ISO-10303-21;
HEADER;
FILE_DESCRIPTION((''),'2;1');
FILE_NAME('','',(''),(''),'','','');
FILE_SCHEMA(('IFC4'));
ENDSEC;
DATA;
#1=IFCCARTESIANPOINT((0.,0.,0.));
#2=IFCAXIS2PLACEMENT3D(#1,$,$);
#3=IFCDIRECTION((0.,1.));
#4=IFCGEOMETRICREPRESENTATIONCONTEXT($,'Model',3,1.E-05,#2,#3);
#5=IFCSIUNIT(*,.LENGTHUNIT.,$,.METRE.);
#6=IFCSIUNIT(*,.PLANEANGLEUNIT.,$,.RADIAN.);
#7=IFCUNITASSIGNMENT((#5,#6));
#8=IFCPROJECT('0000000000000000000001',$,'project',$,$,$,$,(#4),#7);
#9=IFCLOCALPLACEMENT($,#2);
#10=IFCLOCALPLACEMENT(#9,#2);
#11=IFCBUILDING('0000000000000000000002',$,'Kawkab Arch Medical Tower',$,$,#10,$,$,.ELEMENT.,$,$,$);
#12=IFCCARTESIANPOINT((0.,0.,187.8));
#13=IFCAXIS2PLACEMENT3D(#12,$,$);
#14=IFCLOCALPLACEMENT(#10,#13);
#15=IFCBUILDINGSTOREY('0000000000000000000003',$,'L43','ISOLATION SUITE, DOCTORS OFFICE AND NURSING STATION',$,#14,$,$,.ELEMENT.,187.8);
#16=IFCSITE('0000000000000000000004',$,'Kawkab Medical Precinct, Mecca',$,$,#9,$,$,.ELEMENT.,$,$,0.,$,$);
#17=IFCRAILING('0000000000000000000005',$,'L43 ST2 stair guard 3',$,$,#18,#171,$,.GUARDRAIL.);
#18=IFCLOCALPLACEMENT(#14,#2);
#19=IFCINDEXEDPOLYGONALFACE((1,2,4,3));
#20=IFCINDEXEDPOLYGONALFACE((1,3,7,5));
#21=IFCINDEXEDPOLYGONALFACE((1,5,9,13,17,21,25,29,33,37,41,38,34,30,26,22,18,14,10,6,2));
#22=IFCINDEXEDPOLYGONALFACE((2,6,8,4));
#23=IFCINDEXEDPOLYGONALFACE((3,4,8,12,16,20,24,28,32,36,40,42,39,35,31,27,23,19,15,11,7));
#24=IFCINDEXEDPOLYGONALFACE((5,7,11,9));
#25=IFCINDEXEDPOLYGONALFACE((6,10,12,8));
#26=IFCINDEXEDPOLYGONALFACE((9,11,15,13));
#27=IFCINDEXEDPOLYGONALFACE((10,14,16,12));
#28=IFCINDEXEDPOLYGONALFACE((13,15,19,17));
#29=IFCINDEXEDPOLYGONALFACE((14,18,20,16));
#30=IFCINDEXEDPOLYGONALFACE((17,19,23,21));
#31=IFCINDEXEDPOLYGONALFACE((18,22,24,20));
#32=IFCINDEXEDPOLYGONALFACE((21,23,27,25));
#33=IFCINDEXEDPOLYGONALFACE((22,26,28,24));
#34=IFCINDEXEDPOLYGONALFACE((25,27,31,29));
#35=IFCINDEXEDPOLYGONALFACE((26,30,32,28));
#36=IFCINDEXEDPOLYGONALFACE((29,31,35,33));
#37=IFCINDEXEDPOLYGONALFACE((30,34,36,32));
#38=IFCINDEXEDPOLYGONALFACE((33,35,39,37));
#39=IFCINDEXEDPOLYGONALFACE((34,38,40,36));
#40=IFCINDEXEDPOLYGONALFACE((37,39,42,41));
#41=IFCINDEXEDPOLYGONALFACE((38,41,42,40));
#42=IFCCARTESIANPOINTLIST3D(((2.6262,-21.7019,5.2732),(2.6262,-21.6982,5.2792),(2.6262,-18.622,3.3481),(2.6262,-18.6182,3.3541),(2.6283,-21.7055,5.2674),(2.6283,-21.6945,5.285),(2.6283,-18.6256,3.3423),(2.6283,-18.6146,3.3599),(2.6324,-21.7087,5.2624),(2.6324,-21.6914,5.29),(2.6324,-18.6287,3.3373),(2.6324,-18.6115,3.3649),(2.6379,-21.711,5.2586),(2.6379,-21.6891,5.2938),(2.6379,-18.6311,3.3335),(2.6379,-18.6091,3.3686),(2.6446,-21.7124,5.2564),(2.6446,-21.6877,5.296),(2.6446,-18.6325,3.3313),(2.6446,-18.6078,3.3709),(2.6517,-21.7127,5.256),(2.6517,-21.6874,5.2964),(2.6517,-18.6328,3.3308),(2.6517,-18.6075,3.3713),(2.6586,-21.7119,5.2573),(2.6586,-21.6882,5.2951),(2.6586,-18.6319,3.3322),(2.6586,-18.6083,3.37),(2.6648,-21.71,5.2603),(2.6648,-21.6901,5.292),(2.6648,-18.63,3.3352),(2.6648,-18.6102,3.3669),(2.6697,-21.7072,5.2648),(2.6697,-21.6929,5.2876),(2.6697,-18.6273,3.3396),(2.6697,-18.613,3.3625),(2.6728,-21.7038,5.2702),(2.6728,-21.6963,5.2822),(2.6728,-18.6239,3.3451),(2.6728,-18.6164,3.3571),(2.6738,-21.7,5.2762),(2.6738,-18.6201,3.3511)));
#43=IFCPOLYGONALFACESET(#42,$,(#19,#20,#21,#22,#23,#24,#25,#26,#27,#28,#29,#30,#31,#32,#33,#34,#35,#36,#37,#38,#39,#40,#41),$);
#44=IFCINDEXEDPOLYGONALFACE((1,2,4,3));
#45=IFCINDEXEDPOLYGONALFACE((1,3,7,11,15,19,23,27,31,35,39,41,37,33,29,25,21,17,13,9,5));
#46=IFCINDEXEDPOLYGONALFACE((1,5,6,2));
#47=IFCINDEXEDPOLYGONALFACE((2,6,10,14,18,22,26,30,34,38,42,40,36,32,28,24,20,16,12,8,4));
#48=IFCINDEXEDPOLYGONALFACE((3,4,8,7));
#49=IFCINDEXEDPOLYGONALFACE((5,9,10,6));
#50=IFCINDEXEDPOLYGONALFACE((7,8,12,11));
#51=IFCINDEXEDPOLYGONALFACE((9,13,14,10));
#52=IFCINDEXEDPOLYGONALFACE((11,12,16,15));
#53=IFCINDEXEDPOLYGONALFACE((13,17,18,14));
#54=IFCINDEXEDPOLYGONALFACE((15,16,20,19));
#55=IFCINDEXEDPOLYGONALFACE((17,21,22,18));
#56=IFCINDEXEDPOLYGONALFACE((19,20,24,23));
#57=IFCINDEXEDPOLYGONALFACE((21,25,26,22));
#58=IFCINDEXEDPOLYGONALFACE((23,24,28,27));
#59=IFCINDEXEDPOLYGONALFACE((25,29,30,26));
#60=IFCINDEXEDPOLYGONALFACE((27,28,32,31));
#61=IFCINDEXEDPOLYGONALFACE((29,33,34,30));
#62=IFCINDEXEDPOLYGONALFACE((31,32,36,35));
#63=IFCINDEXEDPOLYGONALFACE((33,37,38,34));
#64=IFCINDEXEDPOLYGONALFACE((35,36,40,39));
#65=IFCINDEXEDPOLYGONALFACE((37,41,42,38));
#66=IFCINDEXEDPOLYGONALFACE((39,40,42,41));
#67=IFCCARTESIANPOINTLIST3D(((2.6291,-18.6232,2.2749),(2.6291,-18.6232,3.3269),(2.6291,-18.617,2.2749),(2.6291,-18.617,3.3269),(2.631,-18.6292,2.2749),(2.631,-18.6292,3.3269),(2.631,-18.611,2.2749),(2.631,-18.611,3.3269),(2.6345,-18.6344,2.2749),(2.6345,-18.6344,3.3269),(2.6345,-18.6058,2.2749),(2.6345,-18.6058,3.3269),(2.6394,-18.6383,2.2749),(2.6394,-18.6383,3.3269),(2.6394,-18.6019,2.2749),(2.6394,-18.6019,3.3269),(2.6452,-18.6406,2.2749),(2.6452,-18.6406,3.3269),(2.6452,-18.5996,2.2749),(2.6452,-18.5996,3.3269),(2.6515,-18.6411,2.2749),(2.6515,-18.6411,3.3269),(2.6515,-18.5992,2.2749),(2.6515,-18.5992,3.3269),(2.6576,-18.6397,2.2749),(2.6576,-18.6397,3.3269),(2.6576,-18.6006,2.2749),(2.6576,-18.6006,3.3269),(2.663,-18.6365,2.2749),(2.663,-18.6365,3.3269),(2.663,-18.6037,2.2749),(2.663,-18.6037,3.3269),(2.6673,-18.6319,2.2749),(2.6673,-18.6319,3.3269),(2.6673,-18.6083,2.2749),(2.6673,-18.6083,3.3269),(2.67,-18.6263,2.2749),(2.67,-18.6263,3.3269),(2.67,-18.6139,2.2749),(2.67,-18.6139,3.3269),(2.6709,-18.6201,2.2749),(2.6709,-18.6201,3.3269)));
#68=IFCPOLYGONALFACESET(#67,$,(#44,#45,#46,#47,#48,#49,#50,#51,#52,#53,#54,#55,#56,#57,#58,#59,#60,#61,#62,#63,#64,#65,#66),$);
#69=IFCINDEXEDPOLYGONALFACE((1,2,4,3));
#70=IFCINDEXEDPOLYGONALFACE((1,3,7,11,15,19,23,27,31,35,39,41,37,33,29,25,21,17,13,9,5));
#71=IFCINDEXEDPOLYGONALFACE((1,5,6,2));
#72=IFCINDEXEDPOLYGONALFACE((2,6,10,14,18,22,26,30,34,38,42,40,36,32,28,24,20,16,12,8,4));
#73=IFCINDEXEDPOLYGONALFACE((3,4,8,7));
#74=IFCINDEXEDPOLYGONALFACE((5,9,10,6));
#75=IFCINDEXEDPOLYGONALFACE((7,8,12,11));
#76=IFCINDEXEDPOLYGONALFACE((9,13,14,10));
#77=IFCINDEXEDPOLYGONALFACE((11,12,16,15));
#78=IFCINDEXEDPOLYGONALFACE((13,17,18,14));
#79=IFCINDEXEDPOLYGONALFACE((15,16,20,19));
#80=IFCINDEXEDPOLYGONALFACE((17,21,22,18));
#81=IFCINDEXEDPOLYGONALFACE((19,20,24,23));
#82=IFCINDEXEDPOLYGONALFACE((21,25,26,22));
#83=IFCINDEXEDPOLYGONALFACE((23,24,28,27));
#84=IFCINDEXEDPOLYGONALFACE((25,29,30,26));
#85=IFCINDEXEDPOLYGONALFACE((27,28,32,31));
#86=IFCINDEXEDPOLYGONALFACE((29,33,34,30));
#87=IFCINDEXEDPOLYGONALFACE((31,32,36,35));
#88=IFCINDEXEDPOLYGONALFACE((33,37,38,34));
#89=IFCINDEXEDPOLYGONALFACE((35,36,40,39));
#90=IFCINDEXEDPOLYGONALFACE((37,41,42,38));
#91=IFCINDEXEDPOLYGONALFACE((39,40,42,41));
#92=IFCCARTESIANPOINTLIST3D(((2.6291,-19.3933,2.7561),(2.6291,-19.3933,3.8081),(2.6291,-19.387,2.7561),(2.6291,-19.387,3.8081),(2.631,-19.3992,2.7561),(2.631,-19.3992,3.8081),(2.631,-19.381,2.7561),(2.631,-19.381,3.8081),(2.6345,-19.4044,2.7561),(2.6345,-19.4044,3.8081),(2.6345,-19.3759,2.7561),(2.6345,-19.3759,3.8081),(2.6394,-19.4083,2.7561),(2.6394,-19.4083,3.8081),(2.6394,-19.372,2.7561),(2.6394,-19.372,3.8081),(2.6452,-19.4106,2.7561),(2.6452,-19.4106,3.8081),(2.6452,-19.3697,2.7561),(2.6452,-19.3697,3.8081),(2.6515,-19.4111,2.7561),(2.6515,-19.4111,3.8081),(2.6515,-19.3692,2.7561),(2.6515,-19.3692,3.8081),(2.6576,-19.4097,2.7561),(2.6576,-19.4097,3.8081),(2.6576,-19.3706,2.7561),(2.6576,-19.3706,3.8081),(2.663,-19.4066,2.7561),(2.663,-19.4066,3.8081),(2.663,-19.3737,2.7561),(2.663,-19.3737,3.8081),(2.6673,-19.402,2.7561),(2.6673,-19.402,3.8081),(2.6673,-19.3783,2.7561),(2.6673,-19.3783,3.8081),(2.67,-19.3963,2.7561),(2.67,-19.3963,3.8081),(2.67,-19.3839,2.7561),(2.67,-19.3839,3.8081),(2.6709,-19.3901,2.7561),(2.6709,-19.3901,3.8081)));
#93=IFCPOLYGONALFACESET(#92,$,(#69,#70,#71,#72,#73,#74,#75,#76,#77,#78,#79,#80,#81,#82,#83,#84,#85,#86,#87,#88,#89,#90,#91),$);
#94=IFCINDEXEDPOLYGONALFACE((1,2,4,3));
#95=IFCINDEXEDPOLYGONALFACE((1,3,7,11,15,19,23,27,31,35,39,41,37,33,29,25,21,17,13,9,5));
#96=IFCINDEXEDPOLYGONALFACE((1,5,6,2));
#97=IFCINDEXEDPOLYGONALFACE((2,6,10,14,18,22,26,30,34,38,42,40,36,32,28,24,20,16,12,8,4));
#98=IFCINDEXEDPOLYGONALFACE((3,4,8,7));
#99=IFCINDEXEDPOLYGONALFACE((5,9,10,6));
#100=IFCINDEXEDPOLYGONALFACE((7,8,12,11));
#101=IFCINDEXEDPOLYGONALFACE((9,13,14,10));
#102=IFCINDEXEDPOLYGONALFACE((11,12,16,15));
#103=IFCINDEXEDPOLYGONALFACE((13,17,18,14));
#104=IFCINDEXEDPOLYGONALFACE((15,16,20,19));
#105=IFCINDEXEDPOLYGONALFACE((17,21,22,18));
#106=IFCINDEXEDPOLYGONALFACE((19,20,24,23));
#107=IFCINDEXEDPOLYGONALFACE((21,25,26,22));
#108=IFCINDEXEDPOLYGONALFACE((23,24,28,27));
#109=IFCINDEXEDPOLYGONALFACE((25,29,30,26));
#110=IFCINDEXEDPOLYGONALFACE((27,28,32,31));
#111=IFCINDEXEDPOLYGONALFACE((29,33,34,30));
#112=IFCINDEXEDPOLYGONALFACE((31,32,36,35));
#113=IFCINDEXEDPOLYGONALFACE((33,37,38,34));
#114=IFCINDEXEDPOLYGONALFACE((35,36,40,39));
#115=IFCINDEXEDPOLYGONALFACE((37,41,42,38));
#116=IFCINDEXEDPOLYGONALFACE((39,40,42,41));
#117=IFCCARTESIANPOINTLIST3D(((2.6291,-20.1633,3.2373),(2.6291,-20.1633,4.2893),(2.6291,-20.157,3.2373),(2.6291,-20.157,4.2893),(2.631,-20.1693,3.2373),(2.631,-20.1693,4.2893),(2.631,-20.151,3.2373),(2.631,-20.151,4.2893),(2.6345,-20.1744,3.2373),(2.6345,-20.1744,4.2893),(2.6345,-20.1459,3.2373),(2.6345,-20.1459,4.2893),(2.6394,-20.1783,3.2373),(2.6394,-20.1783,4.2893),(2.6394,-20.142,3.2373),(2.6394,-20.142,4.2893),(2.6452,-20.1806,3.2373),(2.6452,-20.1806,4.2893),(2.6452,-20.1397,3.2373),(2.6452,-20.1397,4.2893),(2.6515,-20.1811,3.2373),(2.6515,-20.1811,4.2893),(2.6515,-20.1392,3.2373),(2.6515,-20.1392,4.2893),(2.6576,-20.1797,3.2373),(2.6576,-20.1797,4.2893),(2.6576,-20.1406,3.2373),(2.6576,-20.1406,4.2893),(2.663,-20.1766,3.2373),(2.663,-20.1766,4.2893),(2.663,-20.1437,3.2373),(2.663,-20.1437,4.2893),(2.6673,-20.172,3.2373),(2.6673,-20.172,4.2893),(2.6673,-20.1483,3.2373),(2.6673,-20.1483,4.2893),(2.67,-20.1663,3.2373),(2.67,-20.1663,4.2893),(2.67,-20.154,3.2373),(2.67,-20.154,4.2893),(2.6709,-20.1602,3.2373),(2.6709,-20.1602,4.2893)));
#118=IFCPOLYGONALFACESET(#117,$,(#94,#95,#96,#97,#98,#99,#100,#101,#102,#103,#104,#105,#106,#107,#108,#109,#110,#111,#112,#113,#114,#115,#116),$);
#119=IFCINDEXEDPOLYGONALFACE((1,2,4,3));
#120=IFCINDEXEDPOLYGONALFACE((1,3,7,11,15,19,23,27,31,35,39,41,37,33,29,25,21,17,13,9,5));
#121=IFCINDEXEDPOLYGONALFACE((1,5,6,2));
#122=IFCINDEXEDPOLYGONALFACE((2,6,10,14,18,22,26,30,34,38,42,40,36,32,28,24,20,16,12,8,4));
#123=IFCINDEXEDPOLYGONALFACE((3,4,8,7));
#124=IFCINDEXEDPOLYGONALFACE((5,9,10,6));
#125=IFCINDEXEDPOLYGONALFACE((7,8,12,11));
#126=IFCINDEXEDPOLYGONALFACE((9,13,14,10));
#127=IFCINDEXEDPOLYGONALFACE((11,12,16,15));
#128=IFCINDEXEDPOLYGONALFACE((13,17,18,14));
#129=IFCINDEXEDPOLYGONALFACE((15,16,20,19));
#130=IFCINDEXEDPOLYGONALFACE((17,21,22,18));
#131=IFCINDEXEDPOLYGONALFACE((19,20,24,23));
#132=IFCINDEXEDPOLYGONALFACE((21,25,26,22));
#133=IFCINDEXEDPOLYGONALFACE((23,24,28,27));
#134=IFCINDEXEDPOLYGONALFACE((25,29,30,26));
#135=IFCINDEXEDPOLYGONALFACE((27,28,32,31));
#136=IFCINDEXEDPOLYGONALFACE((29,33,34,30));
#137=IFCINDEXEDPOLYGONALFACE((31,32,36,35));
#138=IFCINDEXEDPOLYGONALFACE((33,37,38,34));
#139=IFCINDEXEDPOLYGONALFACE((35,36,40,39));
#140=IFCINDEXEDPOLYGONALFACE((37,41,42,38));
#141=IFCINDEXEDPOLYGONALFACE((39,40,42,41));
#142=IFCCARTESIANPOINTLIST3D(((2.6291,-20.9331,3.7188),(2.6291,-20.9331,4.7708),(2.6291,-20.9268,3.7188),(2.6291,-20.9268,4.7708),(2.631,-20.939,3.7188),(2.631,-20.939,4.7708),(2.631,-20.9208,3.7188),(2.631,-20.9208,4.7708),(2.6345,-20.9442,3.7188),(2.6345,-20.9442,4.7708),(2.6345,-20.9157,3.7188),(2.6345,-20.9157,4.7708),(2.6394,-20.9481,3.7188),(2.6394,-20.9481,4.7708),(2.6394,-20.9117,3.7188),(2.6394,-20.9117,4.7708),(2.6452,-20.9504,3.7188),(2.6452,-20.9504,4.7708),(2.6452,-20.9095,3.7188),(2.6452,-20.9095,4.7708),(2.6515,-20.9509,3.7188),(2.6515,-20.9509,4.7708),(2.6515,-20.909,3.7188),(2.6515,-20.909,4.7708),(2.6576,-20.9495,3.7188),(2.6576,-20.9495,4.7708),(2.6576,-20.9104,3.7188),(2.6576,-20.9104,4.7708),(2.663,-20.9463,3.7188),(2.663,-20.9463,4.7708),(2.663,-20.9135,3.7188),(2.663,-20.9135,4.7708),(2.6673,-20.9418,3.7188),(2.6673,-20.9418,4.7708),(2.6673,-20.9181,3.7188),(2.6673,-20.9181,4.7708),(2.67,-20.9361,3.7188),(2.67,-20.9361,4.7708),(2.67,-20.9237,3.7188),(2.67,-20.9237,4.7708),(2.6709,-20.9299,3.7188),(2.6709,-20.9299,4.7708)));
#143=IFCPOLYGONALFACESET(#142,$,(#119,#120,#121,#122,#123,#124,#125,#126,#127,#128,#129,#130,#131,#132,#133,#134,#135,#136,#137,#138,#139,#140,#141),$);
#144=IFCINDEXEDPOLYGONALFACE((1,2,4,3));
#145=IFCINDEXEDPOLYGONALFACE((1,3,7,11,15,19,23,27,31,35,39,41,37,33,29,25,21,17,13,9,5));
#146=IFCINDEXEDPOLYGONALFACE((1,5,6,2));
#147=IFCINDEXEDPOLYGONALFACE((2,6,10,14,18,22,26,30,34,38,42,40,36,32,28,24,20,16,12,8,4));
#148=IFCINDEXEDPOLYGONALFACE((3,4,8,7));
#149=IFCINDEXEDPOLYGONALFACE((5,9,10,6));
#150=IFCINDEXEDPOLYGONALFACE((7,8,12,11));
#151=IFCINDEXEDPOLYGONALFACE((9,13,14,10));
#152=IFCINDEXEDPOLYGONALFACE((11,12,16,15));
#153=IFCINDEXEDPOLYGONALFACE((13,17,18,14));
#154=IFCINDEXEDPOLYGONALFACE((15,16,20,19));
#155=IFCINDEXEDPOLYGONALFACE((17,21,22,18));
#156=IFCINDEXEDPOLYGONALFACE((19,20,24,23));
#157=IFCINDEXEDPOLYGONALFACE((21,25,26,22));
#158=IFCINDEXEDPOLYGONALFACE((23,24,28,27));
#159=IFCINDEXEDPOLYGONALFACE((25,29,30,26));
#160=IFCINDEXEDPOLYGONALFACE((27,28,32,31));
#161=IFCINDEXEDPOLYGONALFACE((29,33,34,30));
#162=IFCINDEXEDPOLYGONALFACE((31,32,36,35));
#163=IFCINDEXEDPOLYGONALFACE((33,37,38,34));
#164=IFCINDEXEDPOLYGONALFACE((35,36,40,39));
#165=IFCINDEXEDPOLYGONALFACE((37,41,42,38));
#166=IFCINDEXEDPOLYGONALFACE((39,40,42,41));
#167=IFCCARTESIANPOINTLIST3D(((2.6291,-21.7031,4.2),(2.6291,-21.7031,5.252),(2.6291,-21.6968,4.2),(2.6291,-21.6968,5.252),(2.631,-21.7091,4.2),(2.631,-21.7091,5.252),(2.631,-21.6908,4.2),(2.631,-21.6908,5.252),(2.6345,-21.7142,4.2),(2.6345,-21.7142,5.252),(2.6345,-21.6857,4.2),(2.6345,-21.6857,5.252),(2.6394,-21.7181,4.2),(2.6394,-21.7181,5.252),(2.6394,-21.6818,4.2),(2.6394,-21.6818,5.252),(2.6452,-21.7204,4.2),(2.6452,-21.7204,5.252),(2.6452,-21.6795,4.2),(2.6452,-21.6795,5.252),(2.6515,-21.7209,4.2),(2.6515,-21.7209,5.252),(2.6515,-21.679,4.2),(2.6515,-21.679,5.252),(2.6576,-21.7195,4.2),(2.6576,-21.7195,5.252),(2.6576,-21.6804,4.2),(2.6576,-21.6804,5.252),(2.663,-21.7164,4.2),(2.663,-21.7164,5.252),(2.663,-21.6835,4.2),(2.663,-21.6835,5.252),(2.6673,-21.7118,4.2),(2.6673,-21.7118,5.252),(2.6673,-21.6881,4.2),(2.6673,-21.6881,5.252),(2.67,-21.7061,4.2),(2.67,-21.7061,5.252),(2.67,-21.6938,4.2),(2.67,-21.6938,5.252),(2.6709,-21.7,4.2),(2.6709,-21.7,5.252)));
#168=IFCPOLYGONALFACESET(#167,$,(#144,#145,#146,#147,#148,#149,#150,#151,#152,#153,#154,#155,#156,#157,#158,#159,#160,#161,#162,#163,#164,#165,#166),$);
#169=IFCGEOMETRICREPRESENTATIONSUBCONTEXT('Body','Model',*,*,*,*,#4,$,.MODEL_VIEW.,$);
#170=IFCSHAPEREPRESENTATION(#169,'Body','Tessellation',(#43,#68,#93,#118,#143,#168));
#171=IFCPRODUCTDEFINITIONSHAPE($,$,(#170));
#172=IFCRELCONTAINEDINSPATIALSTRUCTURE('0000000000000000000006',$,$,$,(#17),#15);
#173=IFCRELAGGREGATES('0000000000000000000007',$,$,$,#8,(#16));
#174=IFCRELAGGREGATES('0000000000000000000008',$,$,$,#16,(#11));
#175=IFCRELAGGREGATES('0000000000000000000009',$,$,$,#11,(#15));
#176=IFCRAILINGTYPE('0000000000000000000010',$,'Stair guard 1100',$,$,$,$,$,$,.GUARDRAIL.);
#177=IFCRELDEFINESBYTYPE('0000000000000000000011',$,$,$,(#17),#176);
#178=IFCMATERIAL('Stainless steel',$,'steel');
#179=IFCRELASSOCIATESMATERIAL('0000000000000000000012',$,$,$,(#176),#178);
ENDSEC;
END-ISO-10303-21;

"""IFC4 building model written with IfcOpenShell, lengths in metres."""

from ifc_helpers import new_model, si_unit, direction, frame, origin, origin_2d, place, context, subcontext, project, spatial, circle, extrude, material, type_object, element, save


model = new_model("IFC4")

# Units and contexts
model_context = context("Model", 3, precision=1e-05, world=origin(), true_north=direction((0.0, 1.0)))
body_context = subcontext(model_context, "Body", "Model", "MODEL_VIEW")
ifc_project = project(units=[si_unit("LENGTHUNIT", "METRE"), si_unit("PLANEANGLEUNIT", "RADIAN")], contexts=[model_context])

# Site, building, storey
site_placement = place(None, origin())
site = spatial("IfcSite", under=ifc_project, at=site_placement, Name="Kawkab Medical Precinct, Mecca", CompositionType="ELEMENT", RefElevation=0.0)
building_placement = place(site_placement, origin())
building = spatial("IfcBuilding", under=site, at=building_placement, Name="Kawkab Arch Medical Tower", CompositionType="ELEMENT")
storey_placement = place(building_placement, frame((0.0, 0.0, 187.8)))
storey = spatial("IfcBuildingStorey", under=building, at=storey_placement, Name="L43", Description="ISOLATION SUITE, DOCTORS OFFICE AND NURSING STATION", CompositionType="ELEMENT", Elevation=187.8)

# Railing
ifc_material_1 = material(Name="Stainless steel", Category="steel")
railing_type_1 = type_object("IfcRailingType", Name="Stair guard 1100", PredefinedType="GUARDRAIL", material=ifc_material_1)
railing_1_placement = place(storey_placement, frame((2.6499, -18.6201, 2.2749)))
element("IfcRailing", 1, at=railing_1_placement, inside=storey, type_object=railing_type_1, Name="L43 ST2 stair guard 3", PredefinedType="GUARDRAIL", context=body_context, shape_type="SweptSolid", body=[
    extrude(circle(Radius=0.0239, at=origin_2d()), frame((0.0, 0.0, 1.0762), z_axis=(0.0, -0.847979, 0.530029), x_axis=(1.0, 0.0, 0.0)), (0.0, 0.0, 1.0), 3.6321),
    extrude(circle(Radius=0.021, at=origin_2d()), origin(), (0.0, 0.0, 1.0), 1.052),
    extrude(circle(Radius=0.021, at=origin_2d()), frame((0.0, -0.77, 0.4812)), (0.0, 0.0, 1.0), 1.052),
    extrude(circle(Radius=0.021, at=origin_2d()), frame((0.0, -1.54, 0.9624)), (0.0, 0.0, 1.0), 1.052),
    extrude(circle(Radius=0.021, at=origin_2d()), frame((0.0, -2.3098, 1.4438)), (0.0, 0.0, 1.0), 1.052),
    extrude(circle(Radius=0.021, at=origin_2d()), frame((0.0, -3.0798, 1.925)), (0.0, 0.0, 1.0), 1.052),
])

save(model, "model.ifc")
